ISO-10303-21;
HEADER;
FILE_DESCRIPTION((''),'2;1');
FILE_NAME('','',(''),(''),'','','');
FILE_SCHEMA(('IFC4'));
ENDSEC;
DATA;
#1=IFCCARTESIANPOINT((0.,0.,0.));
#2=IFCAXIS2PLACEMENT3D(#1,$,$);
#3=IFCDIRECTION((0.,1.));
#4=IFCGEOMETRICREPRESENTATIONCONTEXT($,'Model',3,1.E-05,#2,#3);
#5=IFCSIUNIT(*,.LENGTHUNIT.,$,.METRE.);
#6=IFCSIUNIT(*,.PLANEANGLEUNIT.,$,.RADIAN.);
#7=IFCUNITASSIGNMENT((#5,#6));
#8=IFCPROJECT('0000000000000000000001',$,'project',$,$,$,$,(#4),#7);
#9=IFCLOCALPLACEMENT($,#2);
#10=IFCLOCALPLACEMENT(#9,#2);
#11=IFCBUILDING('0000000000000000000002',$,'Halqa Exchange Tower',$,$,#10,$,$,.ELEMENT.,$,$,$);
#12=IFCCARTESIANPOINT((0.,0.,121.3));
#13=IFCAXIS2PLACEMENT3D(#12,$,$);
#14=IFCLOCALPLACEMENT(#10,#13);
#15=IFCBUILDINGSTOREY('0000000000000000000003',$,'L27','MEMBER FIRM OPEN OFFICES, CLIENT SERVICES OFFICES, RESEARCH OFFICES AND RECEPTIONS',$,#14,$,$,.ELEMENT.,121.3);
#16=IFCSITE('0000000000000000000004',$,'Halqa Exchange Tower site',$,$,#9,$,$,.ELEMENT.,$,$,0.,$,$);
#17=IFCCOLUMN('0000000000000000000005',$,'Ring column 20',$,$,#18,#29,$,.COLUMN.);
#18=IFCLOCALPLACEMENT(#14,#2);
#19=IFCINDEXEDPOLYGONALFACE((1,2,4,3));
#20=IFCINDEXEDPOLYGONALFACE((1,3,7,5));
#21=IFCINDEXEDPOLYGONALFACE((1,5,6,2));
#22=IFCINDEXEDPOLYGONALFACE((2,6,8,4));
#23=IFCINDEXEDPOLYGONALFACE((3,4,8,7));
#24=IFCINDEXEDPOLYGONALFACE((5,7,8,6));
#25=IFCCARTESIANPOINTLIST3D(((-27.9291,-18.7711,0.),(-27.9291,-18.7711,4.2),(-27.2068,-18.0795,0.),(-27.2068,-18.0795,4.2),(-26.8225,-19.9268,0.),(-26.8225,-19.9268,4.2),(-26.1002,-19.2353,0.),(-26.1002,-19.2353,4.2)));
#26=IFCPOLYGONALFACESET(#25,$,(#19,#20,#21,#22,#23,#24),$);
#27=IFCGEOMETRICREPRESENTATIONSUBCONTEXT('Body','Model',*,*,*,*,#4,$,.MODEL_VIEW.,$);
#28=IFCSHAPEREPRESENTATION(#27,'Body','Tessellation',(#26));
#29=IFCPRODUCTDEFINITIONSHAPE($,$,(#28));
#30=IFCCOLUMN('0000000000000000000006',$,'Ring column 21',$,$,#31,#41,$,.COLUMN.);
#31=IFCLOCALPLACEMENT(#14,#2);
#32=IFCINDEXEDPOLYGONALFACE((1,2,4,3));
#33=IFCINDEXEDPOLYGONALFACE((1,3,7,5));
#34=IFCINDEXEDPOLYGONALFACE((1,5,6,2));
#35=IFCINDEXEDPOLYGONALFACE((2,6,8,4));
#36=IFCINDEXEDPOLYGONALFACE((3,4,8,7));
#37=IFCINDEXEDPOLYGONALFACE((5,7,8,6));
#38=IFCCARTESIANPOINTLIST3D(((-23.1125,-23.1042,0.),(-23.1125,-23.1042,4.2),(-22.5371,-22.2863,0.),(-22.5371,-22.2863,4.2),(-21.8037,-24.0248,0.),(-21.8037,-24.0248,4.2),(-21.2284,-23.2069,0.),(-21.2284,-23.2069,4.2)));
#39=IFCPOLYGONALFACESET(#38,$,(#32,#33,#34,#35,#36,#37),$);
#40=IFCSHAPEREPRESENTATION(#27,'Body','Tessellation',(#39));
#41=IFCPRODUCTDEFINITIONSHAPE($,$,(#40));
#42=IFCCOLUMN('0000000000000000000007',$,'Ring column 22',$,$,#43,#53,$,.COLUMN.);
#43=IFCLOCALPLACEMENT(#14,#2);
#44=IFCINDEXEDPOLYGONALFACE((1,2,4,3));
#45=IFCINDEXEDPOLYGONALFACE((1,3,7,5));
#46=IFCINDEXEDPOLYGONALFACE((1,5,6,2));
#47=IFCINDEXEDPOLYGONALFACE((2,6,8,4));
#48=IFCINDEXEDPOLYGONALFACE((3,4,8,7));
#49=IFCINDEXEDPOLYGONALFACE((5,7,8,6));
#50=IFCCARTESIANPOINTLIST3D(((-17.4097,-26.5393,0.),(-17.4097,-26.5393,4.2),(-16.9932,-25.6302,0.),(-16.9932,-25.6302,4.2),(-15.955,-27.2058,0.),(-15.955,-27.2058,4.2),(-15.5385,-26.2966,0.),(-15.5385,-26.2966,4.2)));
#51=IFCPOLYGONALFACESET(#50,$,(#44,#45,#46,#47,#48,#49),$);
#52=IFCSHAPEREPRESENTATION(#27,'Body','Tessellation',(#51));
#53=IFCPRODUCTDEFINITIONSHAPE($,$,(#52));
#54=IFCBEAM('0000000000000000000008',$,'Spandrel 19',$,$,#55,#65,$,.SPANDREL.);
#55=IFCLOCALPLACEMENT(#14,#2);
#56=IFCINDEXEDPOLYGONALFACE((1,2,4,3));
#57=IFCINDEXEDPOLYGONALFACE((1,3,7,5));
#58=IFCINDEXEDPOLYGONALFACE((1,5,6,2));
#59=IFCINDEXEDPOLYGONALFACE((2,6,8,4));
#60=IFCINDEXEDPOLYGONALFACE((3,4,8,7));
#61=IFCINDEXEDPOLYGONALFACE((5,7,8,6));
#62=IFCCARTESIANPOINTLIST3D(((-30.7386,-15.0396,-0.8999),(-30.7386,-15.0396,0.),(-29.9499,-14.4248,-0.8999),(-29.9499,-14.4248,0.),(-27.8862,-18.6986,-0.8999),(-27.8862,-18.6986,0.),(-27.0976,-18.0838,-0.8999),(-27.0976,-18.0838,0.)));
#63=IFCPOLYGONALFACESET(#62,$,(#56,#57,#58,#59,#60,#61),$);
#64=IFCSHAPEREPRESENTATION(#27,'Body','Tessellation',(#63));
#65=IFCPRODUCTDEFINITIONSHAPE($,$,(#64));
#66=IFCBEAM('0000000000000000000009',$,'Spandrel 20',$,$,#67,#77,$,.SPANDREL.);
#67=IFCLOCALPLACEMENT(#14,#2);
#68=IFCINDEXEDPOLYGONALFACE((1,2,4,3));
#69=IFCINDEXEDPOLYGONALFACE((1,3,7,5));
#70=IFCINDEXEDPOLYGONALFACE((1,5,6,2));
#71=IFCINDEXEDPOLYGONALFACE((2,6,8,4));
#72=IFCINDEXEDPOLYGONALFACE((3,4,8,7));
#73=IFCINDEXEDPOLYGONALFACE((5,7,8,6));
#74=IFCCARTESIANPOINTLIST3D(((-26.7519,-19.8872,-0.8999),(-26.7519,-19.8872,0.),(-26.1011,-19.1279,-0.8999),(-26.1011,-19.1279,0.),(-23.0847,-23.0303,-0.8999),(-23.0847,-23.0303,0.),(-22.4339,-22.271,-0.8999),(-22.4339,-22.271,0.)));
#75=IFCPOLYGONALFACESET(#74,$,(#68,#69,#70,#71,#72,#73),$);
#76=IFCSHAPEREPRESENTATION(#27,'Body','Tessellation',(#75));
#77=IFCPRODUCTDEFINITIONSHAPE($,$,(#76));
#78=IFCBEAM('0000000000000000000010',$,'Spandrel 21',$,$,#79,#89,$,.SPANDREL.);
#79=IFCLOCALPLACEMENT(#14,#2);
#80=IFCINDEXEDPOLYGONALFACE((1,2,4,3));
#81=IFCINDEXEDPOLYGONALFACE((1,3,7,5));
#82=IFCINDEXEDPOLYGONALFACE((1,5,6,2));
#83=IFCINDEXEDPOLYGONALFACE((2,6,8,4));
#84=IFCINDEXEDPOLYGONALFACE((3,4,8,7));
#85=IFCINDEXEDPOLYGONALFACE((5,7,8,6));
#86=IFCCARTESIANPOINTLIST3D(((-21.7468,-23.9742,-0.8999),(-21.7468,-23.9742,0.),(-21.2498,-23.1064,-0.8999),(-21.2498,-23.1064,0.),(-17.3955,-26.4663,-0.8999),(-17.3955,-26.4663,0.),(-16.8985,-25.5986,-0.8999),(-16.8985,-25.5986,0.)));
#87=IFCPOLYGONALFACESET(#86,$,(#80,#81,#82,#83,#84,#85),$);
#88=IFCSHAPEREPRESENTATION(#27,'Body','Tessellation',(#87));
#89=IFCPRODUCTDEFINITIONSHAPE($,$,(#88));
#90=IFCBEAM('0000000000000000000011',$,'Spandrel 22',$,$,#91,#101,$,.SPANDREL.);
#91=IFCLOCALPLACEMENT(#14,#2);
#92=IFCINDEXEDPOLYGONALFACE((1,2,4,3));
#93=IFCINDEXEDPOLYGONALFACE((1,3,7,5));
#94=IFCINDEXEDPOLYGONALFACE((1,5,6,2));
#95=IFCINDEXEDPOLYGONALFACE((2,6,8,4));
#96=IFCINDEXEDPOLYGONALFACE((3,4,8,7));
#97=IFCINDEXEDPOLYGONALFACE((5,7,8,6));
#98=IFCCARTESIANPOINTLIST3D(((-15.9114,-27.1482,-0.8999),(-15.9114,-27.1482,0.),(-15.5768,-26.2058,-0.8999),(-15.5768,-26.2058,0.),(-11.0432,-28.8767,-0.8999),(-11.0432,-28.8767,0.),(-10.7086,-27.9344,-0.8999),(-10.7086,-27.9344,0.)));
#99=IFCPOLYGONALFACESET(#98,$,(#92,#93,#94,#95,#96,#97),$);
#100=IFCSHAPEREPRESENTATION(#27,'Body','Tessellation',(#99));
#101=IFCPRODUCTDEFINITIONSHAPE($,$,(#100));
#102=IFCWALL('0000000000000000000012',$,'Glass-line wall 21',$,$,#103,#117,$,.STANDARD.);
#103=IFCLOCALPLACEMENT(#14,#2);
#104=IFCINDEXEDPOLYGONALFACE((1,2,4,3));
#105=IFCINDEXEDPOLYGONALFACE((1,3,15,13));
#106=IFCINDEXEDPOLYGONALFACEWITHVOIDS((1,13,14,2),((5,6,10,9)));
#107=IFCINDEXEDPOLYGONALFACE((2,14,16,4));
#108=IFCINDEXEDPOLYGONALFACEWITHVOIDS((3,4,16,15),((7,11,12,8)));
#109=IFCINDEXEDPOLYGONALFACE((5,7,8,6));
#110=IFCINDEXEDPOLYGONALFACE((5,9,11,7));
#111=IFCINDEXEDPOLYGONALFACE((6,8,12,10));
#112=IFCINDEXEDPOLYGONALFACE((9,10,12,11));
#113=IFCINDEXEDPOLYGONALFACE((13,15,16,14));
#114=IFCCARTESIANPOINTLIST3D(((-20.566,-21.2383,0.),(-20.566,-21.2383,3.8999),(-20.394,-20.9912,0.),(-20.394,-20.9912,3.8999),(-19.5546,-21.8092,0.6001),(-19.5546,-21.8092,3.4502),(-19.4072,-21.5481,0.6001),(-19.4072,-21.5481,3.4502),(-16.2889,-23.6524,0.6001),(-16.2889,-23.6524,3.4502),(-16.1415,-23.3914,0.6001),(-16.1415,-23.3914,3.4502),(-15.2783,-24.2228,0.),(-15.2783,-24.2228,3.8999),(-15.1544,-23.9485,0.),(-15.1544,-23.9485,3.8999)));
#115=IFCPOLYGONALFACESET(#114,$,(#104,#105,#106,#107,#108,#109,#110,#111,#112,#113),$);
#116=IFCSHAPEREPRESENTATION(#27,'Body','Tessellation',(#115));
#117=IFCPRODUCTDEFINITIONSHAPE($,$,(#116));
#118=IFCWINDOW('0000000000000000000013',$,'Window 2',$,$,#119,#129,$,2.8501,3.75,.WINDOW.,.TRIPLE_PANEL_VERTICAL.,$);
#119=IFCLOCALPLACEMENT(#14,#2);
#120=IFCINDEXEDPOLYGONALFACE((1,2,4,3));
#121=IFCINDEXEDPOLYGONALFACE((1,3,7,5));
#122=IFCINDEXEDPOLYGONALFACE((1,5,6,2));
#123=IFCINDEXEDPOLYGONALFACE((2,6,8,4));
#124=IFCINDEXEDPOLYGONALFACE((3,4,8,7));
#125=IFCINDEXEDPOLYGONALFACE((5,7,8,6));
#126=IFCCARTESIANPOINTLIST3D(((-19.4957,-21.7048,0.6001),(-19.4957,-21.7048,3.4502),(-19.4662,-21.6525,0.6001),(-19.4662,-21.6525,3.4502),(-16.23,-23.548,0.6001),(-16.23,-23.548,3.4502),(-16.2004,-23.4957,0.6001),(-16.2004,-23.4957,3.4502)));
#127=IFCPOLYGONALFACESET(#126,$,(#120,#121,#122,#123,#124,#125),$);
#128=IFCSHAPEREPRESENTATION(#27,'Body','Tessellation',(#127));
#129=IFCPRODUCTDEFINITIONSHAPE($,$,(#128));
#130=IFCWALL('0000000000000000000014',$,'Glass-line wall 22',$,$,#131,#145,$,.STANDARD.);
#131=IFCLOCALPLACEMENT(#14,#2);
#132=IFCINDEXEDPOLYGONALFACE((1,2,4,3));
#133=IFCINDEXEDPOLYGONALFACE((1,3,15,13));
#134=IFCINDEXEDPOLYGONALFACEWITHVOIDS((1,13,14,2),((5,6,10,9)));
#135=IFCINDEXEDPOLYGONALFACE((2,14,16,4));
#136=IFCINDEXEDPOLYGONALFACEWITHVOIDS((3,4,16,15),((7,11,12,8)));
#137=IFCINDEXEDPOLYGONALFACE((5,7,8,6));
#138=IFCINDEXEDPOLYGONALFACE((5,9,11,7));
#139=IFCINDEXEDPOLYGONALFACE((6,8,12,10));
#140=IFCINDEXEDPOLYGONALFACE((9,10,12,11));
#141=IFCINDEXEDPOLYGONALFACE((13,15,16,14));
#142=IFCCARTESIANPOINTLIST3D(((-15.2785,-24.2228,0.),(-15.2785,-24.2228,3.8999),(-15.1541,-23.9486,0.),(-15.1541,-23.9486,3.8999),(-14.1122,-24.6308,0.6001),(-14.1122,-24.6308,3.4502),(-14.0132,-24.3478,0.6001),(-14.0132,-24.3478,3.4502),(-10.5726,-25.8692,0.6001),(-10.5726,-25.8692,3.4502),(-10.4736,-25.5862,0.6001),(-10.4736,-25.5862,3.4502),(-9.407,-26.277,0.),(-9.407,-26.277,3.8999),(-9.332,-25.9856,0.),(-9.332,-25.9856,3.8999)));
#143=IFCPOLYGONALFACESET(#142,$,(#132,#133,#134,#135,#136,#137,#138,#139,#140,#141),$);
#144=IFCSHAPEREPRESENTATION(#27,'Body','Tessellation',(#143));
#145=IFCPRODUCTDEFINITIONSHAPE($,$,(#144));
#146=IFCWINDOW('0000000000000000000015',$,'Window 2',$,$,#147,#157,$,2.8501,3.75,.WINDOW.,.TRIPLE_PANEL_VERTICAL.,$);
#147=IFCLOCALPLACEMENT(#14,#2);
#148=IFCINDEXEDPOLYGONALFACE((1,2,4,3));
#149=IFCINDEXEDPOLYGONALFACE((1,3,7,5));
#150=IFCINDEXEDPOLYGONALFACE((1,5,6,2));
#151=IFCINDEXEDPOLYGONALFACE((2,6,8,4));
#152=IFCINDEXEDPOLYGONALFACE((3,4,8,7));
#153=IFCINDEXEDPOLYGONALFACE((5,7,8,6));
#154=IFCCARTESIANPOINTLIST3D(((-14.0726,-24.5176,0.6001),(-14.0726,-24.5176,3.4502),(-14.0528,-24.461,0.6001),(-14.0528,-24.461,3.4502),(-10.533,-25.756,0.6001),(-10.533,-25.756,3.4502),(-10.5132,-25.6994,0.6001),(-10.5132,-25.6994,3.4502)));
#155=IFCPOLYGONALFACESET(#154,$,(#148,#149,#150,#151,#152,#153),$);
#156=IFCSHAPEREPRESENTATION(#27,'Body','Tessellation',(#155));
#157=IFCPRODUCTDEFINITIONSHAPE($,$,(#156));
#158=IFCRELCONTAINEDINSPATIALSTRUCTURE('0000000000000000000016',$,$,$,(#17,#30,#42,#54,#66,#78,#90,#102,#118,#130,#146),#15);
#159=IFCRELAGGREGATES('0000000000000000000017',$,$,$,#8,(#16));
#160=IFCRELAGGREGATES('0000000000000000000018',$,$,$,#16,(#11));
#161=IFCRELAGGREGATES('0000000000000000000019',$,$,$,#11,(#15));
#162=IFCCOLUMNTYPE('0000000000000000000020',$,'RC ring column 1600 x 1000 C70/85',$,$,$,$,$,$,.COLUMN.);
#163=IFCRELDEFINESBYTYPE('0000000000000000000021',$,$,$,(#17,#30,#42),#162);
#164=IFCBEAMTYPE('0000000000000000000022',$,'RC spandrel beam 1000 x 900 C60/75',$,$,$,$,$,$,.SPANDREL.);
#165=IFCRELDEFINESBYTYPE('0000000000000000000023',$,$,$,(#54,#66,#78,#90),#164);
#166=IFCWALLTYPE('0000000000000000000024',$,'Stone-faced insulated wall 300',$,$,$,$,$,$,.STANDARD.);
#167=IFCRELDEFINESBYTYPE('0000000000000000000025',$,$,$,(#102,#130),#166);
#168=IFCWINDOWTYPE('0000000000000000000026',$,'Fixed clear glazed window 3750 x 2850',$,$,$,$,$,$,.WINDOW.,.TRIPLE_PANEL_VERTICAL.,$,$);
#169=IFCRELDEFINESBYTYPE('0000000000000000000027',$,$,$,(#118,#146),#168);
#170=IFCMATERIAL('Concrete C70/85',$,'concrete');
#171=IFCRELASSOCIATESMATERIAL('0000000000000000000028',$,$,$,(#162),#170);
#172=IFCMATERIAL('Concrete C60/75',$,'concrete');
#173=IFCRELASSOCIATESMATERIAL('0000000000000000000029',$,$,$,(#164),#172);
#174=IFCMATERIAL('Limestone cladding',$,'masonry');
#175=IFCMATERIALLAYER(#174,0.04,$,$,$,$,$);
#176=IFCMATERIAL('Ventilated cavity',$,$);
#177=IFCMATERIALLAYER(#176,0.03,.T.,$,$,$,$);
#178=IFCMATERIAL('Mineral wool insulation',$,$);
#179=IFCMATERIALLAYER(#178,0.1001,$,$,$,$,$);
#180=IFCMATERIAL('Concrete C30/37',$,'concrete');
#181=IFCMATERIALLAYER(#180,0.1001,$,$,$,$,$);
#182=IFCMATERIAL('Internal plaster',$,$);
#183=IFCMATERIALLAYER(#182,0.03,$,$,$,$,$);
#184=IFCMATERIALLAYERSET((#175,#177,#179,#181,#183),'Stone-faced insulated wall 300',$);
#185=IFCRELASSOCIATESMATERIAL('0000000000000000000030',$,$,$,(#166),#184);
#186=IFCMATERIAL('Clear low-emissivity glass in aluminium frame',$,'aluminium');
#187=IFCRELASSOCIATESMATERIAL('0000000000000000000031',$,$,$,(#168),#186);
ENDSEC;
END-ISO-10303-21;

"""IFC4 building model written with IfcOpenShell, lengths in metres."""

from ifc_helpers import new_model, si_unit, direction, frame, frame_2d, origin, origin_2d, place, context, subcontext, project, spatial, polyline, rectangle, outline, extrude, material, layer, layer_set, material_profile, profile_set, type_object, element, fill, save


model = new_model("IFC4")

# Units and contexts
model_context = context("Model", 3, precision=1e-05, world=origin(), true_north=direction((0.0, 1.0)))
body_context = subcontext(model_context, "Body", "Model", "MODEL_VIEW")
ifc_project = project(units=[si_unit("LENGTHUNIT", "METRE"), si_unit("PLANEANGLEUNIT", "RADIAN")], contexts=[model_context])

# Site, building, storey
site_placement = place(None, origin())
site = spatial("IfcSite", under=ifc_project, at=site_placement, Name="Halqa Exchange Tower site", CompositionType="ELEMENT", RefElevation=0.0)
building_placement = place(site_placement, origin())
building = spatial("IfcBuilding", under=site, at=building_placement, Name="Halqa Exchange Tower", CompositionType="ELEMENT")
storey_placement = place(building_placement, frame((0.0, 0.0, 121.3)))
storey = spatial("IfcBuildingStorey", under=building, at=storey_placement, Name="L27", Description="MEMBER FIRM OPEN OFFICES, CLIENT SERVICES OFFICES, RESEARCH OFFICES AND RECEPTIONS", CompositionType="ELEMENT", Elevation=121.3)

# Columns
ifc_material_1 = material(Name="Concrete C70/85", Category="concrete")
ifc_material_profile_1 = material_profile(ifc_material_1, rectangle(XDim=1.6001, YDim=1.0, at=origin_2d()), Name="1600 x 1000")
ifc_profile_set_1 = profile_set([ifc_material_profile_1], Name="Concrete C70/85")
column_type = type_object("IfcColumnType", Name="RC ring column 1600 x 1000 C70/85", PredefinedType="COLUMN", material=ifc_profile_set_1)
for number, where, z_axis, x_axis, name in (
    (1, (-27.0146, -19.0032, 0.0), (0.0, 0.0, 1.0), (0.691574, -0.722306, 0.0), "Ring column 20"),
    (2, (-22.1704, -23.1555, 0.0), (0.0, 0.0, 1.0), (0.817907, -0.575351, 0.0), "Ring column 21"),
    (3, (-16.4741, -26.418, 0.0), (0.0, 0.0, 1.0), (0.909127, -0.416519, 0.0), "Ring column 22"),
):
    element("IfcColumn", number, at=place(storey_placement, frame(where, z_axis=z_axis, x_axis=x_axis)), inside=storey, type_object=column_type, Name=name, PredefinedType="COLUMN", context=body_context, shape_type="SweptSolid", body=[
        extrude(rectangle(XDim=1.6001, YDim=1.0, at=origin_2d()), origin(), (0.0, 0.0, 1.0), 4.2),
    ])

# Beams
ifc_material_2 = material(Name="Concrete C60/75", Category="concrete")
ifc_material_profile_2 = material_profile(ifc_material_2, rectangle(XDim=1.0, YDim=0.8999, at=origin_2d()), Name="1000 x 900")
ifc_profile_set_2 = profile_set([ifc_material_profile_2], Name="Concrete C60/75")
beam_type = type_object("IfcBeamType", Name="RC spandrel beam 1000 x 900 C60/75", PredefinedType="SPANDREL", material=ifc_profile_set_2)
beam_1_placement = place(storey_placement, frame((-30.3442, -14.7322, -0.45), z_axis=(0.614807, -0.788677, 0.0), x_axis=(0.788677, 0.614807, 0.0)))
element("IfcBeam", 4, at=beam_1_placement, inside=storey, type_object=beam_type, Name="Spandrel 19", PredefinedType="SPANDREL", context=body_context, shape_type="SweptSolid", body=[
    extrude(rectangle(XDim=1.0, YDim=0.8999, at=origin_2d()), origin(), (0.0, 0.0, 1.0), 4.6394),
])
beam_2_placement = place(storey_placement, frame((-26.4265, -19.5076, -0.45), z_axis=(0.759285, -0.650758, 0.0), x_axis=(0.650758, 0.759285, 0.0)))
element("IfcBeam", 5, at=beam_2_placement, inside=storey, type_object=beam_type, Name="Spandrel 20", PredefinedType="SPANDREL", context=body_context, shape_type="SweptSolid", body=[
    extrude(rectangle(XDim=1.0, YDim=0.8999, at=origin_2d()), origin(), (0.0, 0.0, 1.0), 4.8298),
])
beam_3_placement = place(storey_placement, frame((-21.4983, -23.5403, -0.45), z_axis=(0.867751, -0.496999, 0.0), x_axis=(0.496999, 0.867751, 0.0)))
element("IfcBeam", 6, at=beam_3_placement, inside=storey, type_object=beam_type, Name="Spandrel 21", PredefinedType="SPANDREL", context=body_context, shape_type="SweptSolid", body=[
    extrude(rectangle(XDim=1.0, YDim=0.8999, at=origin_2d()), origin(), (0.0, 0.0, 1.0), 5.0144),
])
beam_4_placement = place(storey_placement, frame((-15.7441, -26.677, -0.45), z_axis=(0.94236, -0.334599, 0.0), x_axis=(0.334599, 0.94236, 0.0)))
element("IfcBeam", 7, at=beam_4_placement, inside=storey, type_object=beam_type, Name="Spandrel 22", PredefinedType="SPANDREL", context=body_context, shape_type="SweptSolid", body=[
    extrude(rectangle(XDim=1.0, YDim=0.8999, at=origin_2d()), origin(), (0.0, 0.0, 1.0), 5.166),
])

# Shared definitions
ifc_material_3 = material(Name="Limestone cladding", Category="masonry")
ifc_layer_1 = layer(ifc_material_3, 0.04)
ifc_material_4 = material(Name="Ventilated cavity")
ifc_layer_2 = layer(ifc_material_4, 0.03, ventilated=True)
ifc_material_5 = material(Name="Mineral wool insulation")
ifc_layer_3 = layer(ifc_material_5, 0.1001)
ifc_material_6 = material(Name="Concrete C30/37", Category="concrete")
ifc_layer_4 = layer(ifc_material_6, 0.1001)
ifc_material_7 = material(Name="Internal plaster")
ifc_layer_5 = layer(ifc_material_7, 0.03)
ifc_layer_set_1 = layer_set([ifc_layer_1, ifc_layer_2, ifc_layer_3, ifc_layer_4, ifc_layer_5], Name="Stone-faced insulated wall 300")
wall_type_1 = type_object("IfcWallType", Name="Stone-faced insulated wall 300", PredefinedType="STANDARD", material=ifc_layer_set_1)
ifc_material_8 = material(Name="Clear low-emissivity glass in aluminium frame", Category="aluminium")

# Walls, openings, windows
wall_1_placement = place(storey_placement, frame((-20.48, -21.1147, 0.0), z_axis=(0.0, 0.0, 1.0), x_axis=(0.870858, -0.491534, 0.0)))
wall_1 = element("IfcWall", 8, at=wall_1_placement, inside=storey, type_object=wall_type_1, Name="Glass-line wall 21", PredefinedType="STANDARD", context=body_context, shape_type="SweptSolid", body=[
    extrude(outline(polyline([(-0.0142, -0.1499), (6.0576, -0.1499), (6.0308, 0.1499), (0.0142, 0.1499), (-0.0142, -0.1499)])), origin(), (0.0, 0.0, 1.0), 3.8999),
])
opening_1_placement = place(wall_1_placement, frame((1.1472, 0.0, 0.6001)))
opening_1 = element("IfcOpeningElement", 9, at=opening_1_placement, cuts=wall_1, PredefinedType="OPENING", context=body_context, shape_type="SweptSolid", body=[
    extrude(rectangle(XDim=3.75, YDim=2.8501, at=frame_2d((1.875, 1.425))), frame((0.0, 0.1621, 0.0), z_axis=(0.0, -1.0, 0.0), x_axis=(1.0, 0.0, 0.0)), (0.0, 0.0, 1.0), 0.324),
])
window_type = type_object("IfcWindowType", Name="Fixed clear glazed window 3750 x 2850", PartitioningType="TRIPLE_PANEL_VERTICAL", PredefinedType="WINDOW", material=ifc_material_8)
window_1_placement = place(opening_1_placement, origin())
window_1 = element("IfcWindow", 10, at=window_1_placement, inside=storey, type_object=window_type, Name="Window 2", OverallHeight=2.8501, OverallWidth=3.75, PartitioningType="TRIPLE_PANEL_VERTICAL", PredefinedType="WINDOW", context=body_context, shape_type="SweptSolid", body=[
    extrude(rectangle(XDim=3.75, YDim=2.8501, at=frame_2d((1.875, 1.425))), frame((0.0, 0.03, 0.0), z_axis=(0.0, -1.0, 0.0), x_axis=(1.0, 0.0, 0.0)), (0.0, 0.0, 1.0), 0.0601),
])
fill(opening_1, window_1)
wall_2_placement = place(storey_placement, frame((-15.2163, -24.0857, 0.0), z_axis=(0.0, 0.0, 1.0), x_axis=(0.943897, -0.33024, 0.0)))
wall_2 = element("IfcWall", 11, at=wall_2_placement, inside=storey, type_object=wall_type_1, Name="Glass-line wall 22", PredefinedType="STANDARD", context=body_context, shape_type="SweptSolid", body=[
    extrude(outline(polyline([(-0.0134, -0.1499), (6.207, -0.1499), (6.1816, 0.1499), (0.0134, 0.1499), (-0.0134, -0.1499)])), origin(), (0.0, 0.0, 1.0), 3.8999),
])
opening_2_placement = place(wall_2_placement, frame((1.2222, 0.0, 0.6001)))
opening_2 = element("IfcOpeningElement", 12, at=opening_2_placement, cuts=wall_2, PredefinedType="OPENING", context=body_context, shape_type="SweptSolid", body=[
    extrude(rectangle(XDim=3.75, YDim=2.8501, at=frame_2d((1.875, 1.425))), frame((0.0, 0.1621, 0.0), z_axis=(0.0, -1.0, 0.0), x_axis=(1.0, 0.0, 0.0)), (0.0, 0.0, 1.0), 0.324),
])
window_2_placement = place(opening_2_placement, origin())
window_2 = element("IfcWindow", 13, at=window_2_placement, inside=storey, type_object=window_type, Name="Window 2", OverallHeight=2.8501, OverallWidth=3.75, PartitioningType="TRIPLE_PANEL_VERTICAL", PredefinedType="WINDOW", context=body_context, shape_type="SweptSolid", body=[
    extrude(rectangle(XDim=3.75, YDim=2.8501, at=frame_2d((1.875, 1.425))), frame((0.0, 0.03, 0.0), z_axis=(0.0, -1.0, 0.0), x_axis=(1.0, 0.0, 0.0)), (0.0, 0.0, 1.0), 0.0601),
])
fill(opening_2, window_2)

save(model, "model.ifc")
